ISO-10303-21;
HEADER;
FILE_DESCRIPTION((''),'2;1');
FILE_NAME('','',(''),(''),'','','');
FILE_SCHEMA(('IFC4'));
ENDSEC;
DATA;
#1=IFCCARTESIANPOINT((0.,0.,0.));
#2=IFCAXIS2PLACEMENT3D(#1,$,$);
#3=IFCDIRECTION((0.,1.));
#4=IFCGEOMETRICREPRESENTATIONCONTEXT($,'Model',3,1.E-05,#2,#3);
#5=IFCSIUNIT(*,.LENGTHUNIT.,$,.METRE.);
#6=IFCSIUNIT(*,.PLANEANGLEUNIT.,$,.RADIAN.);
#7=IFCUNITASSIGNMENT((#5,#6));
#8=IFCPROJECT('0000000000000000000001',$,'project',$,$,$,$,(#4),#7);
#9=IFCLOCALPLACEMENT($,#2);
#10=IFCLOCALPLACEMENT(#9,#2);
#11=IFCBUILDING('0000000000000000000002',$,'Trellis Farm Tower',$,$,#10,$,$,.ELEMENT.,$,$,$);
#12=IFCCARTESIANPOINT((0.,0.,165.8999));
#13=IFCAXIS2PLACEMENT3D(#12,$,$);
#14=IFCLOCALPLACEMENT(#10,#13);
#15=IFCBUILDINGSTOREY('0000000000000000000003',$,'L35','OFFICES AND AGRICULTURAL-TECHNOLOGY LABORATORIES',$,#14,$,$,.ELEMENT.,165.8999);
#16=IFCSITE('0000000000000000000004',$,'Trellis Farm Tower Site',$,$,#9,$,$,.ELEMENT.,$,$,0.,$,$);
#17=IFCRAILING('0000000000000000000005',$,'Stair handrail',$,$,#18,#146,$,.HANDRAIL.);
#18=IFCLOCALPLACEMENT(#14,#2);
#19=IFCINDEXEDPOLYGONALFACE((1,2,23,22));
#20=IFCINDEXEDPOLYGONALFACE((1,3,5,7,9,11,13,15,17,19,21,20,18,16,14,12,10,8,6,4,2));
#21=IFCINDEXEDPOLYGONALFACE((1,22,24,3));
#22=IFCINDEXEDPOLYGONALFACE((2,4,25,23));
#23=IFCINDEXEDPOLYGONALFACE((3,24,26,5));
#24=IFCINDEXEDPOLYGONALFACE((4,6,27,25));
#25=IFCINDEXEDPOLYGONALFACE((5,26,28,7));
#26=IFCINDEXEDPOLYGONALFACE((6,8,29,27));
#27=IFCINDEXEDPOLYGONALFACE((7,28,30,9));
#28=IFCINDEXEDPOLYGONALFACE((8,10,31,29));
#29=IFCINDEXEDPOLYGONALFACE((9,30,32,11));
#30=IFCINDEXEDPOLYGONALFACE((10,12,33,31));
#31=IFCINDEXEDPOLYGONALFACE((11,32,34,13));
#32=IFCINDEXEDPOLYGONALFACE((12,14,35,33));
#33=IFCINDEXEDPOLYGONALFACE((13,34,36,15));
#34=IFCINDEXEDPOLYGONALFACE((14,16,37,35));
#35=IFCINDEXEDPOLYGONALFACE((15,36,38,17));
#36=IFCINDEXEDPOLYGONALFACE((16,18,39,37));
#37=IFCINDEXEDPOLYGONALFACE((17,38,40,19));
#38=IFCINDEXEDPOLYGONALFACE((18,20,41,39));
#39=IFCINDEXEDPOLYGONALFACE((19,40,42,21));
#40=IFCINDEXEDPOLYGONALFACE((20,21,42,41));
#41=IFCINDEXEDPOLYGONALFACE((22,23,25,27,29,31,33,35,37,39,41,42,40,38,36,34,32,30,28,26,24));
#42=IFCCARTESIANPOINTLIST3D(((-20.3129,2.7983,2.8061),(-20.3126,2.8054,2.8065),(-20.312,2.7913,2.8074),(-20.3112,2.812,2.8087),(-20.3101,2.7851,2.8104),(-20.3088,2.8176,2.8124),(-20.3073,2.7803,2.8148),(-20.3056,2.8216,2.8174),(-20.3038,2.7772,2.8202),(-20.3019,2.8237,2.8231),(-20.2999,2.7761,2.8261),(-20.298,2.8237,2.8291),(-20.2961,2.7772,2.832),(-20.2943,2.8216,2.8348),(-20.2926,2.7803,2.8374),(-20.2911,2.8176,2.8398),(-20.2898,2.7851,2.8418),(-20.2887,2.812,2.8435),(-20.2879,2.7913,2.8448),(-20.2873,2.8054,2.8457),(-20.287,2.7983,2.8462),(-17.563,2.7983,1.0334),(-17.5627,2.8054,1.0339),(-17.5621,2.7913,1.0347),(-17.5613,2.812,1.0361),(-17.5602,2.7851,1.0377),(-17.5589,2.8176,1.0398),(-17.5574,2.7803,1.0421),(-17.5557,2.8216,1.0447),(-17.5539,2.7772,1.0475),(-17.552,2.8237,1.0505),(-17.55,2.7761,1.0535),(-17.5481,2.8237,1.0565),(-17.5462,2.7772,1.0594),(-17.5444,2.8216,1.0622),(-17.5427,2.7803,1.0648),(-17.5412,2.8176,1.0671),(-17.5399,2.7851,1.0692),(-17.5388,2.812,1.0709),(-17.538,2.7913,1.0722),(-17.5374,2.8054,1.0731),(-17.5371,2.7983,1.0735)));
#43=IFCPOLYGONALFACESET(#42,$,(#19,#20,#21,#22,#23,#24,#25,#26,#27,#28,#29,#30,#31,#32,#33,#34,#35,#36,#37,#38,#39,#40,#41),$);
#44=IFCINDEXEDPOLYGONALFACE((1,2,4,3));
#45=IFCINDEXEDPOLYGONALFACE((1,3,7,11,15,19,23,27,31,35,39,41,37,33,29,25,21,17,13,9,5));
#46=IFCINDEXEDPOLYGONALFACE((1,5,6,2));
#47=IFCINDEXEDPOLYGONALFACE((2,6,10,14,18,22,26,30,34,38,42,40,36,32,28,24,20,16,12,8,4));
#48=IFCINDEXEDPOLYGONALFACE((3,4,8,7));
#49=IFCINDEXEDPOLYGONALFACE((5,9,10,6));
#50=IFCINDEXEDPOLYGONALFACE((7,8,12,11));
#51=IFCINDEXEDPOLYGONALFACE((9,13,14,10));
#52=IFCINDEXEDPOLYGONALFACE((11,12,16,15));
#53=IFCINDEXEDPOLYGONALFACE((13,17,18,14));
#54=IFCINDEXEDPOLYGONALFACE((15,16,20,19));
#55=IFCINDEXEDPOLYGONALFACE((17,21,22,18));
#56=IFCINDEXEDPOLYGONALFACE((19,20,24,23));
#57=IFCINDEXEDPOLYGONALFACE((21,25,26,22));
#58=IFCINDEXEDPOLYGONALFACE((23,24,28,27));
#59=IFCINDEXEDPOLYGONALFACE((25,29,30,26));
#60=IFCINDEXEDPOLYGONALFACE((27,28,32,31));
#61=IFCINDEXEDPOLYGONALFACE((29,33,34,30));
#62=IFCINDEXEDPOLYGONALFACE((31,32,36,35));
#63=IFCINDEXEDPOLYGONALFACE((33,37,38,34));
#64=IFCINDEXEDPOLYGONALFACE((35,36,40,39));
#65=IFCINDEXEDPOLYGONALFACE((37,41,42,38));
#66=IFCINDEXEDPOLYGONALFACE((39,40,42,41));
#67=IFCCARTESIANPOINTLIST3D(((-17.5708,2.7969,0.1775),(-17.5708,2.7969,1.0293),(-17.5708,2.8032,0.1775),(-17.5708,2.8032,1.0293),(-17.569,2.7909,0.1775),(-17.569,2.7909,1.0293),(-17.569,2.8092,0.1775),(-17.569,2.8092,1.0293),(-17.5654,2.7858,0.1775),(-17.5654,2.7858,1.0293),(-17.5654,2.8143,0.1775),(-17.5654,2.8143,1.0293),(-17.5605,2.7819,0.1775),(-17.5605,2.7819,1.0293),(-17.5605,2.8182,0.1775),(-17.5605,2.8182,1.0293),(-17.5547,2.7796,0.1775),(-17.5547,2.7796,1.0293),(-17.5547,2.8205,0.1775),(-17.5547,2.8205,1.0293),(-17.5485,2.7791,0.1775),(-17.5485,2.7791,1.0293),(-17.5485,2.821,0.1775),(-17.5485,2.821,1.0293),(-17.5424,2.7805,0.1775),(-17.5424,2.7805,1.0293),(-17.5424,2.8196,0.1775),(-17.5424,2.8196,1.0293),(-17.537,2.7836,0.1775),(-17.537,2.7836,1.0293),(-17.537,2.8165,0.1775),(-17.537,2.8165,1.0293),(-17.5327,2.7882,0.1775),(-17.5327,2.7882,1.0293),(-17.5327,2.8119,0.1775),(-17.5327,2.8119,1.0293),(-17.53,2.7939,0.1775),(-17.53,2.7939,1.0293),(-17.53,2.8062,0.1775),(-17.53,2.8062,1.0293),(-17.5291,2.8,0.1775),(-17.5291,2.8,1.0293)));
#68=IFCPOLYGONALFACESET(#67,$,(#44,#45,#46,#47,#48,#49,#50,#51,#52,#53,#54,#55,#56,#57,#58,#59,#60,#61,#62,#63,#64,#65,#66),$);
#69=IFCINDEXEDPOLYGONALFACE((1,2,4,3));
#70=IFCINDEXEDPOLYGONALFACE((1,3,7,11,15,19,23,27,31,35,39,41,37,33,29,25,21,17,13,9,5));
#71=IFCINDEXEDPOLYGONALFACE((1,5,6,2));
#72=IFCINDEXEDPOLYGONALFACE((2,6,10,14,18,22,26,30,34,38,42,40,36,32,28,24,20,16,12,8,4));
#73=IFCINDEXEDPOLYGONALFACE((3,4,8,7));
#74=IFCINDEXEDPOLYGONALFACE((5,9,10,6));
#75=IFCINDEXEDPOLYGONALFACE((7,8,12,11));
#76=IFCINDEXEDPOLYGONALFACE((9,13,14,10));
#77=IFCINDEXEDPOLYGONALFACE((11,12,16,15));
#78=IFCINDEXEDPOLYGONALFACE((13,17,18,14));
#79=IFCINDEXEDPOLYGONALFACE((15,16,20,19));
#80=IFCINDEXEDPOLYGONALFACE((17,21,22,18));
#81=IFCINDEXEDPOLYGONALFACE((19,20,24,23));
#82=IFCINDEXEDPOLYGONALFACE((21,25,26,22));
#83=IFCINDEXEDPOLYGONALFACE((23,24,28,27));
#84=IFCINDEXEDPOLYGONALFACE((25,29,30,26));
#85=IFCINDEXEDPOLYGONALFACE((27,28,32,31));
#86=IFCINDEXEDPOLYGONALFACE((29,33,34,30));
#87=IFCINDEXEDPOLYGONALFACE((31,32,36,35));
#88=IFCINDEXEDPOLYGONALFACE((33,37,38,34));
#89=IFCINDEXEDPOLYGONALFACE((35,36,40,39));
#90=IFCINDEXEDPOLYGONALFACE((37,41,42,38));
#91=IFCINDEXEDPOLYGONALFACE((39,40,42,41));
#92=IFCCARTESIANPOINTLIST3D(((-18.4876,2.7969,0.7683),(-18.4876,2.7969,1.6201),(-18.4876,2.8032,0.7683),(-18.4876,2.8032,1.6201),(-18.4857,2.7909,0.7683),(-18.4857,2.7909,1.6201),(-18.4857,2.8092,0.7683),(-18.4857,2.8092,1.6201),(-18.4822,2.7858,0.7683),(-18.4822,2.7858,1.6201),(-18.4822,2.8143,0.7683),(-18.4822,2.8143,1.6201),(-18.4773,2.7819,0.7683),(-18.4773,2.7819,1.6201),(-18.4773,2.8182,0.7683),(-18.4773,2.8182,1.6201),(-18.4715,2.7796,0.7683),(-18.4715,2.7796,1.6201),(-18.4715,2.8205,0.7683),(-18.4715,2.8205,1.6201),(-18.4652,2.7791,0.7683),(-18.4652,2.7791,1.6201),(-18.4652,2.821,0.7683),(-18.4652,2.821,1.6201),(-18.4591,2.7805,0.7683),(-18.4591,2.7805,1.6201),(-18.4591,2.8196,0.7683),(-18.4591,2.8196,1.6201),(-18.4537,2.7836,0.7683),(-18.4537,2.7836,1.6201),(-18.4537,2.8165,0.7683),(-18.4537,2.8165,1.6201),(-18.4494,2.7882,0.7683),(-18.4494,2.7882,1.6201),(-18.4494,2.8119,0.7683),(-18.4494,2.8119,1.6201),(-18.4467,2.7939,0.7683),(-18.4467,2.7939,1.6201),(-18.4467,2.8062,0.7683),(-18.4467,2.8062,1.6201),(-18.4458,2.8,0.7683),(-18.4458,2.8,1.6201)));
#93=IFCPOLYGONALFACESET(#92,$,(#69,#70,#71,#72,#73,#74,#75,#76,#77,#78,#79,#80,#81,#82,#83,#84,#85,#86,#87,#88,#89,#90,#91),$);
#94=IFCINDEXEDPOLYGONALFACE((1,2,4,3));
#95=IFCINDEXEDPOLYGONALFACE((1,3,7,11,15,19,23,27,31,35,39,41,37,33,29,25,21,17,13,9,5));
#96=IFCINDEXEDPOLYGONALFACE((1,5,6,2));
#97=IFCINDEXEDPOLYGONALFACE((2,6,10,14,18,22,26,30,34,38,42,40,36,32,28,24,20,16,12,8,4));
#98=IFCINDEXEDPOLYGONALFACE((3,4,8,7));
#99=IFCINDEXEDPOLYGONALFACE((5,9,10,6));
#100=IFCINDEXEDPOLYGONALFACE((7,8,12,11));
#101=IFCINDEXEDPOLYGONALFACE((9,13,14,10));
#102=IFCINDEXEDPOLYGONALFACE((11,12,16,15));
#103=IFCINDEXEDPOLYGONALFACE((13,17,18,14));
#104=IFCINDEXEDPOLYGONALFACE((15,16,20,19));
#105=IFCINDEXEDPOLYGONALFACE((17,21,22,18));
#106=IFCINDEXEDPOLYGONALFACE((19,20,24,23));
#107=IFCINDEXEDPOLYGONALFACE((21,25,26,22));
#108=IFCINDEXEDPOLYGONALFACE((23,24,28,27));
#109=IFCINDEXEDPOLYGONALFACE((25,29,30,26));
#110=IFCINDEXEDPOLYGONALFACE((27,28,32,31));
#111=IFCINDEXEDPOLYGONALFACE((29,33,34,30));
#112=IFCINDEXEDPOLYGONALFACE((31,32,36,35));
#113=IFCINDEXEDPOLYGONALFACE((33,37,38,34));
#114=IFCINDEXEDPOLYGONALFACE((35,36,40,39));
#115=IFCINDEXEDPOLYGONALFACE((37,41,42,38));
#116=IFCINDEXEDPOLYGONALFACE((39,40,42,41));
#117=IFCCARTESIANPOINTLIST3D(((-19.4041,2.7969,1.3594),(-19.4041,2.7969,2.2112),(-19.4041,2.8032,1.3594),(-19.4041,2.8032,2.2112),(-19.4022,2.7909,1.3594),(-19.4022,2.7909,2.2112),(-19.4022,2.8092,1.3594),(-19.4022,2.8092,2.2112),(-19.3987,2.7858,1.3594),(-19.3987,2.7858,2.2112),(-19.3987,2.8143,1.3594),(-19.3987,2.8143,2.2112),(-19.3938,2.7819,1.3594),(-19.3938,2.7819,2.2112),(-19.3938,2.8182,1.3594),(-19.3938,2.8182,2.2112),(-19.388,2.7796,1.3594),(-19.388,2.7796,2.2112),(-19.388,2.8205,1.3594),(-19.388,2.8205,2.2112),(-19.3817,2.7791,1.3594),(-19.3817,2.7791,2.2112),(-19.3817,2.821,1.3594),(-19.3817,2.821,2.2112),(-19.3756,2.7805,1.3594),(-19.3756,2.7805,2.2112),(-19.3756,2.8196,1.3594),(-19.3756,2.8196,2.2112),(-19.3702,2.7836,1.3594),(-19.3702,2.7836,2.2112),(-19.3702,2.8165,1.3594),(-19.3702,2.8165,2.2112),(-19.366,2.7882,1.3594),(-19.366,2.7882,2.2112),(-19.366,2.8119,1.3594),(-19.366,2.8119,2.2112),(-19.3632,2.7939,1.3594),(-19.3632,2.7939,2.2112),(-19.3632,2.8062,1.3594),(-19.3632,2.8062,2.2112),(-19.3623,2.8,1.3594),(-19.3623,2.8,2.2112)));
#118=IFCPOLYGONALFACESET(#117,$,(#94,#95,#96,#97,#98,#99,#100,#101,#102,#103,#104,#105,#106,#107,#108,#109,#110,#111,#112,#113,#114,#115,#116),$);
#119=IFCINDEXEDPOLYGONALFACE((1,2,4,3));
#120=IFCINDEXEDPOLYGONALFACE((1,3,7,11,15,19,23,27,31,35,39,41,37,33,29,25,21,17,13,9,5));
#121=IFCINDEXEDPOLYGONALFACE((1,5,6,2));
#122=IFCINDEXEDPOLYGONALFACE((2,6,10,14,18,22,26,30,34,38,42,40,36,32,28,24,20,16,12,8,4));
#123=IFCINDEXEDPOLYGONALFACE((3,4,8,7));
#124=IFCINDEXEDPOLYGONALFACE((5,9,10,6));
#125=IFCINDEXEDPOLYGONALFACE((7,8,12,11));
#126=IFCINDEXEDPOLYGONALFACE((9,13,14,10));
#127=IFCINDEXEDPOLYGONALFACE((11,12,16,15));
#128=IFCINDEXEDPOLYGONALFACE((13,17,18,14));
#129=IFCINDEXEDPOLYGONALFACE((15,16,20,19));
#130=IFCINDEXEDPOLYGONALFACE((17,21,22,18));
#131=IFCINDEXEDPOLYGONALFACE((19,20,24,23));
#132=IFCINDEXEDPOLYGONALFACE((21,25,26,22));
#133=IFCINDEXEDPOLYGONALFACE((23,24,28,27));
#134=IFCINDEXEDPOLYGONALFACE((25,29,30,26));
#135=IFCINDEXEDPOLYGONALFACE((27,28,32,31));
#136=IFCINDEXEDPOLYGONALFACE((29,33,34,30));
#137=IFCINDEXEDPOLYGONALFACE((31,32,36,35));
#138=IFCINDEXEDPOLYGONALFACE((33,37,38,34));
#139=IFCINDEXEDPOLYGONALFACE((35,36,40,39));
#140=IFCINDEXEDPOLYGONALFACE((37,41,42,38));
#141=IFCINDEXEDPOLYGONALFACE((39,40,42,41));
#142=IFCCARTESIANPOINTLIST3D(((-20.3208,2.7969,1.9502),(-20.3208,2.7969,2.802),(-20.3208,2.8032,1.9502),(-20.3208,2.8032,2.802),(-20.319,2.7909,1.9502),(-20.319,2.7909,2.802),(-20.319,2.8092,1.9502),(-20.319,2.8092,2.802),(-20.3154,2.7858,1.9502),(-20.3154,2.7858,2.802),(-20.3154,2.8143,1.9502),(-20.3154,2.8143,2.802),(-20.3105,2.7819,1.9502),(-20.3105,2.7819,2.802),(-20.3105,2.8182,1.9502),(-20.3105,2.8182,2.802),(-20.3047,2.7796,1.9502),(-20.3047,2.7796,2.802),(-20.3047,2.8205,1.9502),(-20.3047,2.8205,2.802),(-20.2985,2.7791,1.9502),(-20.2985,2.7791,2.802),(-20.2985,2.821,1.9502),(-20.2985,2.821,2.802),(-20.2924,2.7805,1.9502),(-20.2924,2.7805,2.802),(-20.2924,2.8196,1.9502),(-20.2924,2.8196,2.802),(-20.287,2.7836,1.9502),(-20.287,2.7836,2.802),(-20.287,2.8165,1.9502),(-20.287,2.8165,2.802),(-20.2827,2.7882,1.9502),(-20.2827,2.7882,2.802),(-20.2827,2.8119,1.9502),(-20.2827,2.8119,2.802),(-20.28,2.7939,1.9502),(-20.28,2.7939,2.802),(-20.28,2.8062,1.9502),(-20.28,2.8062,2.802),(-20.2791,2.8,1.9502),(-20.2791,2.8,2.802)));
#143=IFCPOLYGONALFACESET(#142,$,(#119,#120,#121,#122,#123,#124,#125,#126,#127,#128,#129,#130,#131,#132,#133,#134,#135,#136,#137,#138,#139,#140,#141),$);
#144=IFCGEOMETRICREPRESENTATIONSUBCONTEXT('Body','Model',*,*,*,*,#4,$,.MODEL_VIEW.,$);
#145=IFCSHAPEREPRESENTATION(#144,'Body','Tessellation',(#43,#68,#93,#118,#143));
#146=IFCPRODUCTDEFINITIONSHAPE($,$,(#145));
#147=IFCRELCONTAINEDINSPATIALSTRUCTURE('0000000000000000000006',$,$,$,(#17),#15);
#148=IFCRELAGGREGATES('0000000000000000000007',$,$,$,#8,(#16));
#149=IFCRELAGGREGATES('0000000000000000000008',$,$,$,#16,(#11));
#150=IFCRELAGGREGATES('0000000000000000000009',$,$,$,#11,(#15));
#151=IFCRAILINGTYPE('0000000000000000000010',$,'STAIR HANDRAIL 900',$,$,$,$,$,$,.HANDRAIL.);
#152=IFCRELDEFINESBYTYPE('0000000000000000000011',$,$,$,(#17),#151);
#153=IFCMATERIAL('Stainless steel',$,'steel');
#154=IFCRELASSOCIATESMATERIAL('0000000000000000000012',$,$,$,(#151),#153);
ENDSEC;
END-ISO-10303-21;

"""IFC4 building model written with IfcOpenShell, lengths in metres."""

from ifc_helpers import new_model, si_unit, direction, frame, origin, origin_2d, place, context, subcontext, project, spatial, circle, extrude, source, transform, mapped, material, type_object, element, save


model = new_model("IFC4")

# Units and contexts
model_context = context("Model", 3, precision=1e-05, world=origin(), true_north=direction((0.0, 1.0)))
body_context = subcontext(model_context, "Body", "Model", "MODEL_VIEW")
ifc_project = project(units=[si_unit("LENGTHUNIT", "METRE"), si_unit("PLANEANGLEUNIT", "RADIAN")], contexts=[model_context])

# Site, building, storey
site_placement = place(None, origin())
site = spatial("IfcSite", under=ifc_project, at=site_placement, Name="Trellis Farm Tower Site", CompositionType="ELEMENT", RefElevation=0.0)
building_placement = place(site_placement, origin())
building = spatial("IfcBuilding", under=site, at=building_placement, Name="Trellis Farm Tower", CompositionType="ELEMENT")
storey_placement = place(building_placement, frame((0.0, 0.0, 165.8999)))
storey = spatial("IfcBuildingStorey", under=building, at=storey_placement, Name="L35", Description="OFFICES AND AGRICULTURAL-TECHNOLOGY LABORATORIES", CompositionType="ELEMENT", Elevation=165.8999)

# Railing
ifc_material_1 = material(Name="Stainless steel", Category="steel")
railing_type = type_object("IfcRailingType", Name="STAIR HANDRAIL 900", PredefinedType="HANDRAIL", material=ifc_material_1)
shared_shape_1 = source(origin(), body_context, "Body", "SweptSolid", [
    extrude(circle(Radius=0.0239, at=origin_2d()), frame((0.0, 0.0, 0.876), z_axis=(-0.840504, 0.0, 0.541806), x_axis=(0.0, -1.0, 0.0)), (0.0, 0.0, 1.0), 3.2717),
    extrude(circle(Radius=0.021, at=origin_2d()), origin(), (0.0, 0.0, 1.0), 0.8518),
    extrude(circle(Radius=0.021, at=origin_2d()), frame((-0.9167, 0.0, 0.5908)), (0.0, 0.0, 1.0), 0.8518),
    extrude(circle(Radius=0.021, at=origin_2d()), frame((-1.8333, 0.0, 1.1819)), (0.0, 0.0, 1.0), 0.8518),
    extrude(circle(Radius=0.021, at=origin_2d()), frame((-2.75, 0.0, 1.7727)), (0.0, 0.0, 1.0), 0.8518),
])
for number, where, name in (
    (1, (-17.55, 2.8, 0.1775), "Stair handrail"),
):
    element("IfcRailing", number, at=place(storey_placement, frame(where)), inside=storey, type_object=railing_type, Name=name, PredefinedType="HANDRAIL", context=body_context, shape_type="MappedRepresentation", body=[
        mapped(shared_shape_1, transform((0.0, 0.0, 0.0))),
    ])

save(model, "model.ifc")
